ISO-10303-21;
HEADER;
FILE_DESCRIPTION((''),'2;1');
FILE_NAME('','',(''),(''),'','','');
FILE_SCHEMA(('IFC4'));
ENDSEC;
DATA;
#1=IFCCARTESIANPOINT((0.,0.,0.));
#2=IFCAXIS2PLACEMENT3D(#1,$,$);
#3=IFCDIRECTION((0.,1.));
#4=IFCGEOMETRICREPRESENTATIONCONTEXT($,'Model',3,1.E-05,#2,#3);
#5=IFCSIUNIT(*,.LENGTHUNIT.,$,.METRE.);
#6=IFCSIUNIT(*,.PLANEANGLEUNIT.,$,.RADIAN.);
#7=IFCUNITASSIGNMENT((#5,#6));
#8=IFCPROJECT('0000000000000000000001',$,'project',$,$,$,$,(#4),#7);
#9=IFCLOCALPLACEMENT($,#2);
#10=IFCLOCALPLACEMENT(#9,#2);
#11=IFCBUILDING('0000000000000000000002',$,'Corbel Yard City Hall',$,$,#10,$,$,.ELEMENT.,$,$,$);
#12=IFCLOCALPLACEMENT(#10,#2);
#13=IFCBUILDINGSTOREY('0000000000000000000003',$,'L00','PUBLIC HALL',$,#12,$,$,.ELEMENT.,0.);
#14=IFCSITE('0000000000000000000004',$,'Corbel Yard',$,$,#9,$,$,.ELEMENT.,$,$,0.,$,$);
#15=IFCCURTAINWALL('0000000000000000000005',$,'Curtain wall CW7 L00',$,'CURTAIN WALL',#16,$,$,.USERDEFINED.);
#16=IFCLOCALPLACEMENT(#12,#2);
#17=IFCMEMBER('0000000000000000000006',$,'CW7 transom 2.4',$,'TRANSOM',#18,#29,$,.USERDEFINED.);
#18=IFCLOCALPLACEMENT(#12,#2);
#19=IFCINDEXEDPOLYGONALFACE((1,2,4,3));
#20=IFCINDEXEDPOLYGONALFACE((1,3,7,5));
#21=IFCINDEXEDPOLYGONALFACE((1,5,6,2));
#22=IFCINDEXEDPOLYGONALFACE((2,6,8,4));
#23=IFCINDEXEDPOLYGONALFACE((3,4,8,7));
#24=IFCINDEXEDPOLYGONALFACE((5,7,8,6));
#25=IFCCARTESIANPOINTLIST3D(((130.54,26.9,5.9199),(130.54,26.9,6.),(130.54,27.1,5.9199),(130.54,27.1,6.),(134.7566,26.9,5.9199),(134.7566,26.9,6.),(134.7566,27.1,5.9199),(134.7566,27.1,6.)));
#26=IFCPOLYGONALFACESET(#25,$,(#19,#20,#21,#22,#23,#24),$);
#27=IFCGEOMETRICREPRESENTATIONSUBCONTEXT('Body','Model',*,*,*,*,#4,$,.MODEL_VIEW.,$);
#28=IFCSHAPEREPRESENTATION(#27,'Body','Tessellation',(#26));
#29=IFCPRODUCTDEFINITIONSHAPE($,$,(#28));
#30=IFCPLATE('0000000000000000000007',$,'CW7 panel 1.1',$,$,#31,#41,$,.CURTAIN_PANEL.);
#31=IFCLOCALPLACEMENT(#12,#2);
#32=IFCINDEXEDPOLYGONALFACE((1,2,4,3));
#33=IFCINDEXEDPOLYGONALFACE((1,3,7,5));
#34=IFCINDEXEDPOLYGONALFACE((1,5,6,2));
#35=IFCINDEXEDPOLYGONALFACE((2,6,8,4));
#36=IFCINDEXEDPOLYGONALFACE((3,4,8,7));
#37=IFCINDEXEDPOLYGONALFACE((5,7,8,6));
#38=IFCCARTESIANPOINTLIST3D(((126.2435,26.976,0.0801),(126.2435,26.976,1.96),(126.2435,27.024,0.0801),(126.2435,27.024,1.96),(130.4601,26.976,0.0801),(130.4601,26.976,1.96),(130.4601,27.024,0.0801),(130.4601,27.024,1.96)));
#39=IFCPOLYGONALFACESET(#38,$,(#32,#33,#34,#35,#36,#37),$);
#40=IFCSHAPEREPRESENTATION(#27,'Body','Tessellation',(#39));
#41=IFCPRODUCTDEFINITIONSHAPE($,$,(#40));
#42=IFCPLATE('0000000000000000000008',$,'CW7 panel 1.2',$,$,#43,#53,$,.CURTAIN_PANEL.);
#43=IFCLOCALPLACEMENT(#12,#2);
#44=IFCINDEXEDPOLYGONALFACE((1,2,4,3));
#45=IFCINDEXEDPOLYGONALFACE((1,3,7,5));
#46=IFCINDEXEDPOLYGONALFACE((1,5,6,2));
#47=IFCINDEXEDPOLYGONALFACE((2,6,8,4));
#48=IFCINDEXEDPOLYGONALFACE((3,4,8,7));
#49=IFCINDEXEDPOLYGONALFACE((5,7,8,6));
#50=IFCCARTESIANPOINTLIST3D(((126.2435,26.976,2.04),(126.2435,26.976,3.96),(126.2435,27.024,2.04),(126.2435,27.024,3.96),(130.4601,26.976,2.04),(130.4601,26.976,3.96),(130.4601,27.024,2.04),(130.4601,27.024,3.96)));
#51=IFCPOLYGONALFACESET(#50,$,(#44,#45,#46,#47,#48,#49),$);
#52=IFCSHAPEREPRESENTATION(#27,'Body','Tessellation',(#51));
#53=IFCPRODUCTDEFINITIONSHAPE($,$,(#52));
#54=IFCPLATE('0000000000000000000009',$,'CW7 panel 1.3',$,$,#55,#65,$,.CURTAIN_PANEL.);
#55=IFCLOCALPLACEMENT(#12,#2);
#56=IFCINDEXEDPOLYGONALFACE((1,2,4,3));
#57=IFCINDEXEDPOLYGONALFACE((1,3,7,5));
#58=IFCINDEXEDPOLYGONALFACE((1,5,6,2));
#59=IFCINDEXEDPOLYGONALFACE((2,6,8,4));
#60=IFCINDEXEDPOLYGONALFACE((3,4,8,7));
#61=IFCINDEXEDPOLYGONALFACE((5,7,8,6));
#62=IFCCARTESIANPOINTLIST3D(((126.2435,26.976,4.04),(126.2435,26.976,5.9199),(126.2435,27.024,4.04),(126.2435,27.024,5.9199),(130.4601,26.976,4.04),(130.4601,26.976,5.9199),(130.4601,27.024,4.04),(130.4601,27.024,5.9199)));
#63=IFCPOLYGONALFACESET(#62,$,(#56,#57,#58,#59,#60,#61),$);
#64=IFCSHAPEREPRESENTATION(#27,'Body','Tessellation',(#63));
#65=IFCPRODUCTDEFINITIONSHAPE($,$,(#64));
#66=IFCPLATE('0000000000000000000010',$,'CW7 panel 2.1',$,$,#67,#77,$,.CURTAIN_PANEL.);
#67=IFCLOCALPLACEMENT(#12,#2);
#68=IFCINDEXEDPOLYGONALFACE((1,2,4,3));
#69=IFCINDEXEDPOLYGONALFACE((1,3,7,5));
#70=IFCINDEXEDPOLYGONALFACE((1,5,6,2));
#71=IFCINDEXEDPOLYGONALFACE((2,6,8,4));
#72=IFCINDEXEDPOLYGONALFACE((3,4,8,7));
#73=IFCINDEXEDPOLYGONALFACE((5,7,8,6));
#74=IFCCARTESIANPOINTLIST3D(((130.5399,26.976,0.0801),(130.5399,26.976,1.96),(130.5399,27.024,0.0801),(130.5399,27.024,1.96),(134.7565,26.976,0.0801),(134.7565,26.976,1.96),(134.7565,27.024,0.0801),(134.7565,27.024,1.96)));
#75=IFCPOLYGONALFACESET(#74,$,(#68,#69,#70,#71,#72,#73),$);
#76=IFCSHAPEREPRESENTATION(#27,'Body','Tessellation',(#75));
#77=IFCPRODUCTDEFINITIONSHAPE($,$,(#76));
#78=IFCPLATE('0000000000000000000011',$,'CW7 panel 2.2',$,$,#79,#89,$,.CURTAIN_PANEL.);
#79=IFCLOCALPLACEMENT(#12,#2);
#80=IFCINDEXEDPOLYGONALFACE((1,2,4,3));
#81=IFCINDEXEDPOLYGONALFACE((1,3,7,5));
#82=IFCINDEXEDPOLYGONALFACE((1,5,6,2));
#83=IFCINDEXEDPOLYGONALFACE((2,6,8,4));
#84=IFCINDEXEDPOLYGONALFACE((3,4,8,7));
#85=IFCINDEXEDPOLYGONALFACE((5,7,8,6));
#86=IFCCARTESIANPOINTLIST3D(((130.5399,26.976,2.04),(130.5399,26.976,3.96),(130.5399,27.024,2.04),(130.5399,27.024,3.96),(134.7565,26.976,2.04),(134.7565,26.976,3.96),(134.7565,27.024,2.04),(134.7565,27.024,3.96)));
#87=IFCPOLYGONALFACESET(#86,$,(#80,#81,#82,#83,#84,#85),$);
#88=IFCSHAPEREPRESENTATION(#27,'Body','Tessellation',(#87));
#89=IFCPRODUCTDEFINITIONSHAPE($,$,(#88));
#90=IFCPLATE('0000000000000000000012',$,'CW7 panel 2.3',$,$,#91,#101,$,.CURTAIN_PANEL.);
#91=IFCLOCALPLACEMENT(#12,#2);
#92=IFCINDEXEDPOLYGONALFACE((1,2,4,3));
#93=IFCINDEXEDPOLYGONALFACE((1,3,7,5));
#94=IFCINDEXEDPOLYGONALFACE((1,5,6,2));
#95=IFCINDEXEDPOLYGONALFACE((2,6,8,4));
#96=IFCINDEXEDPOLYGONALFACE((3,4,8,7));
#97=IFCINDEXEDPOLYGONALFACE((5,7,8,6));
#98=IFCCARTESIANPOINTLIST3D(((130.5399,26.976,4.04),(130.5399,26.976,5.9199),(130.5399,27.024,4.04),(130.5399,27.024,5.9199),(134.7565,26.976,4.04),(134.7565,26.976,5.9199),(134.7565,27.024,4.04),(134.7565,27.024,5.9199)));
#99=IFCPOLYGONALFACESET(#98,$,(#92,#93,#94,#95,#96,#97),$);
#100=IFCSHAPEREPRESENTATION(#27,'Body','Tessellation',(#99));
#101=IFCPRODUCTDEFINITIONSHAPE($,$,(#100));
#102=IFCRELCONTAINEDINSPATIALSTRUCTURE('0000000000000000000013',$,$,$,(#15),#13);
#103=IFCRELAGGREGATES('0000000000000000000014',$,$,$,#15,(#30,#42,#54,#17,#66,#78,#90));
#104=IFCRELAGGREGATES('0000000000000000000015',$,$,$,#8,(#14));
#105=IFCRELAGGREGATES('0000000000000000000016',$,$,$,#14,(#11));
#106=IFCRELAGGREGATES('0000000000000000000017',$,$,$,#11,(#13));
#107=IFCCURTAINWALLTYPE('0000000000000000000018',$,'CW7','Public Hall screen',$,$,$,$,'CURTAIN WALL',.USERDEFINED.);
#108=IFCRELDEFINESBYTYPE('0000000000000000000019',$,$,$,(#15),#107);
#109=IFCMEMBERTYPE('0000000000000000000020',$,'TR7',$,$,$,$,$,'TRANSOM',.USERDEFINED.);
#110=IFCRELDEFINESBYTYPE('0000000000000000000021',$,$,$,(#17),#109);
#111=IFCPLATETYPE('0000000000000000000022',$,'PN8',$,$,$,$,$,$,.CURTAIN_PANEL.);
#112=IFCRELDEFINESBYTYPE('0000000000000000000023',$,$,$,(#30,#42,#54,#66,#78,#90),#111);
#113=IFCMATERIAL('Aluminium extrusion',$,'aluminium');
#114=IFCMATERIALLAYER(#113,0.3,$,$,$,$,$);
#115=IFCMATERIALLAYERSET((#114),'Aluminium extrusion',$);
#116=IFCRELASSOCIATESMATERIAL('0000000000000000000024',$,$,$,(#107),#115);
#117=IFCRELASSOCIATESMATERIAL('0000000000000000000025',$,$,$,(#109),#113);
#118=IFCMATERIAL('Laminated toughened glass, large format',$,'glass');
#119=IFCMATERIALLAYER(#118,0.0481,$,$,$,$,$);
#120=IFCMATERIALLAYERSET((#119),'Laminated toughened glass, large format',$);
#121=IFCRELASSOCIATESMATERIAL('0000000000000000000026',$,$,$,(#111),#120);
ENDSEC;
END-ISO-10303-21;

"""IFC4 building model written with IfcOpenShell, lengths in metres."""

from ifc_helpers import new_model, si_unit, direction, frame, origin, origin_2d, place, context, subcontext, project, spatial, rectangle, extrude, material, layer, layer_set, material_profile, profile_set, type_object, element, aggregate, save


model = new_model("IFC4")

# Units and contexts
model_context = context("Model", 3, precision=1e-05, world=origin(), true_north=direction((0.0, 1.0)))
body_context = subcontext(model_context, "Body", "Model", "MODEL_VIEW")
ifc_project = project(units=[si_unit("LENGTHUNIT", "METRE"), si_unit("PLANEANGLEUNIT", "RADIAN")], contexts=[model_context])

# Site, building, storey
site_placement = place(None, origin())
site = spatial("IfcSite", under=ifc_project, at=site_placement, Name="Corbel Yard", CompositionType="ELEMENT", RefElevation=0.0)
building_placement = place(site_placement, origin())
building = spatial("IfcBuilding", under=site, at=building_placement, Name="Corbel Yard City Hall", CompositionType="ELEMENT")
storey_placement = place(building_placement, origin())
storey = spatial("IfcBuildingStorey", under=building, at=storey_placement, Name="L00", Description="PUBLIC HALL", CompositionType="ELEMENT", Elevation=0.0)

# Curtain wall, member, plates
ifc_material_1 = material(Name="Aluminium extrusion", Category="aluminium")
ifc_layer_1 = layer(ifc_material_1, 0.3)
ifc_layer_set_1 = layer_set([ifc_layer_1], Name="Aluminium extrusion")
curtain_wall_type = type_object("IfcCurtainWallType", Name="CW7", Description="Public Hall screen", ElementType="CURTAIN WALL", PredefinedType="USERDEFINED", material=ifc_layer_set_1)
curtain_wall_placement = place(storey_placement, origin())
curtain_wall = element("IfcCurtainWall", 1, at=curtain_wall_placement, inside=storey, type_object=curtain_wall_type, Name="Curtain wall CW7 L00", ObjectType="CURTAIN WALL", PredefinedType="USERDEFINED")
ifc_material_profile_1 = material_profile(ifc_material_1, rectangle(XDim=0.2, YDim=0.0801, at=origin_2d()), Name="200x80")
ifc_profile_set_1 = profile_set([ifc_material_profile_1], Name="Aluminium extrusion")
member_type_1 = type_object("IfcMemberType", Name="TR7", ElementType="TRANSOM", PredefinedType="USERDEFINED", material=ifc_profile_set_1)
member_1_placement = place(storey_placement, frame((130.54, 27.0, 5.96), z_axis=(1.0, 0.0, 0.0), x_axis=(0.0, 1.0, 0.0)))
member_1 = element("IfcMember", 2, at=member_1_placement, type_object=member_type_1, Name="CW7 transom 2.4", ObjectType="TRANSOM", PredefinedType="USERDEFINED", context=body_context, shape_type="SweptSolid", body=[
    extrude(rectangle(XDim=0.2, YDim=0.0801, at=origin_2d()), origin(), (0.0, 0.0, 1.0), 4.2166),
])
ifc_material_2 = material(Name="Laminated toughened glass, large format", Category="glass")
ifc_layer_2 = layer(ifc_material_2, 0.0481)
ifc_layer_set_2 = layer_set([ifc_layer_2], Name="Laminated toughened glass, large format")
plate_type = type_object("IfcPlateType", Name="PN8", PredefinedType="CURTAIN_PANEL", material=ifc_layer_set_2)
plate_1_placement = place(storey_placement, frame((128.3518, 27.0, 0.0801), z_axis=(0.0, 0.0, 1.0), x_axis=(1.0, 0.0, 0.0)))
plate_1 = element("IfcPlate", 3, at=plate_1_placement, type_object=plate_type, Name="CW7 panel 1.1", PredefinedType="CURTAIN_PANEL", context=body_context, shape_type="SweptSolid", body=[
    extrude(rectangle(XDim=4.2166, YDim=0.0481, at=origin_2d()), origin(), (0.0, 0.0, 1.0), 1.8799),
])
plate_2_placement = place(storey_placement, frame((128.3518, 27.0, 2.04), z_axis=(0.0, 0.0, 1.0), x_axis=(1.0, 0.0, 0.0)))
plate_2 = element("IfcPlate", 4, at=plate_2_placement, type_object=plate_type, Name="CW7 panel 1.2", PredefinedType="CURTAIN_PANEL", context=body_context, shape_type="SweptSolid", body=[
    extrude(rectangle(XDim=4.2166, YDim=0.0481, at=origin_2d()), origin(), (0.0, 0.0, 1.0), 1.9199),
])
plate_3_placement = place(storey_placement, frame((128.3518, 27.0, 4.04), z_axis=(0.0, 0.0, 1.0), x_axis=(1.0, 0.0, 0.0)))
plate_3 = element("IfcPlate", 5, at=plate_3_placement, type_object=plate_type, Name="CW7 panel 1.3", PredefinedType="CURTAIN_PANEL", context=body_context, shape_type="SweptSolid", body=[
    extrude(rectangle(XDim=4.2166, YDim=0.0481, at=origin_2d()), origin(), (0.0, 0.0, 1.0), 1.8799),
])
plate_4_placement = place(storey_placement, frame((132.6482, 27.0, 0.0801), z_axis=(0.0, 0.0, 1.0), x_axis=(1.0, 0.0, 0.0)))
plate_4 = element("IfcPlate", 6, at=plate_4_placement, type_object=plate_type, Name="CW7 panel 2.1", PredefinedType="CURTAIN_PANEL", context=body_context, shape_type="SweptSolid", body=[
    extrude(rectangle(XDim=4.2166, YDim=0.0481, at=origin_2d()), origin(), (0.0, 0.0, 1.0), 1.8799),
])
plate_5_placement = place(storey_placement, frame((132.6482, 27.0, 2.04), z_axis=(0.0, 0.0, 1.0), x_axis=(1.0, 0.0, 0.0)))
plate_5 = element("IfcPlate", 7, at=plate_5_placement, type_object=plate_type, Name="CW7 panel 2.2", PredefinedType="CURTAIN_PANEL", context=body_context, shape_type="SweptSolid", body=[
    extrude(rectangle(XDim=4.2166, YDim=0.0481, at=origin_2d()), origin(), (0.0, 0.0, 1.0), 1.9199),
])
plate_6_placement = place(storey_placement, frame((132.6482, 27.0, 4.04), z_axis=(0.0, 0.0, 1.0), x_axis=(1.0, 0.0, 0.0)))
plate_6 = element("IfcPlate", 8, at=plate_6_placement, type_object=plate_type, Name="CW7 panel 2.3", PredefinedType="CURTAIN_PANEL", context=body_context, shape_type="SweptSolid", body=[
    extrude(rectangle(XDim=4.2166, YDim=0.0481, at=origin_2d()), origin(), (0.0, 0.0, 1.0), 1.8799),
])
aggregate(curtain_wall, [plate_1, plate_2, plate_3, member_1, plate_4, plate_5, plate_6])

save(model, "model.ifc")
